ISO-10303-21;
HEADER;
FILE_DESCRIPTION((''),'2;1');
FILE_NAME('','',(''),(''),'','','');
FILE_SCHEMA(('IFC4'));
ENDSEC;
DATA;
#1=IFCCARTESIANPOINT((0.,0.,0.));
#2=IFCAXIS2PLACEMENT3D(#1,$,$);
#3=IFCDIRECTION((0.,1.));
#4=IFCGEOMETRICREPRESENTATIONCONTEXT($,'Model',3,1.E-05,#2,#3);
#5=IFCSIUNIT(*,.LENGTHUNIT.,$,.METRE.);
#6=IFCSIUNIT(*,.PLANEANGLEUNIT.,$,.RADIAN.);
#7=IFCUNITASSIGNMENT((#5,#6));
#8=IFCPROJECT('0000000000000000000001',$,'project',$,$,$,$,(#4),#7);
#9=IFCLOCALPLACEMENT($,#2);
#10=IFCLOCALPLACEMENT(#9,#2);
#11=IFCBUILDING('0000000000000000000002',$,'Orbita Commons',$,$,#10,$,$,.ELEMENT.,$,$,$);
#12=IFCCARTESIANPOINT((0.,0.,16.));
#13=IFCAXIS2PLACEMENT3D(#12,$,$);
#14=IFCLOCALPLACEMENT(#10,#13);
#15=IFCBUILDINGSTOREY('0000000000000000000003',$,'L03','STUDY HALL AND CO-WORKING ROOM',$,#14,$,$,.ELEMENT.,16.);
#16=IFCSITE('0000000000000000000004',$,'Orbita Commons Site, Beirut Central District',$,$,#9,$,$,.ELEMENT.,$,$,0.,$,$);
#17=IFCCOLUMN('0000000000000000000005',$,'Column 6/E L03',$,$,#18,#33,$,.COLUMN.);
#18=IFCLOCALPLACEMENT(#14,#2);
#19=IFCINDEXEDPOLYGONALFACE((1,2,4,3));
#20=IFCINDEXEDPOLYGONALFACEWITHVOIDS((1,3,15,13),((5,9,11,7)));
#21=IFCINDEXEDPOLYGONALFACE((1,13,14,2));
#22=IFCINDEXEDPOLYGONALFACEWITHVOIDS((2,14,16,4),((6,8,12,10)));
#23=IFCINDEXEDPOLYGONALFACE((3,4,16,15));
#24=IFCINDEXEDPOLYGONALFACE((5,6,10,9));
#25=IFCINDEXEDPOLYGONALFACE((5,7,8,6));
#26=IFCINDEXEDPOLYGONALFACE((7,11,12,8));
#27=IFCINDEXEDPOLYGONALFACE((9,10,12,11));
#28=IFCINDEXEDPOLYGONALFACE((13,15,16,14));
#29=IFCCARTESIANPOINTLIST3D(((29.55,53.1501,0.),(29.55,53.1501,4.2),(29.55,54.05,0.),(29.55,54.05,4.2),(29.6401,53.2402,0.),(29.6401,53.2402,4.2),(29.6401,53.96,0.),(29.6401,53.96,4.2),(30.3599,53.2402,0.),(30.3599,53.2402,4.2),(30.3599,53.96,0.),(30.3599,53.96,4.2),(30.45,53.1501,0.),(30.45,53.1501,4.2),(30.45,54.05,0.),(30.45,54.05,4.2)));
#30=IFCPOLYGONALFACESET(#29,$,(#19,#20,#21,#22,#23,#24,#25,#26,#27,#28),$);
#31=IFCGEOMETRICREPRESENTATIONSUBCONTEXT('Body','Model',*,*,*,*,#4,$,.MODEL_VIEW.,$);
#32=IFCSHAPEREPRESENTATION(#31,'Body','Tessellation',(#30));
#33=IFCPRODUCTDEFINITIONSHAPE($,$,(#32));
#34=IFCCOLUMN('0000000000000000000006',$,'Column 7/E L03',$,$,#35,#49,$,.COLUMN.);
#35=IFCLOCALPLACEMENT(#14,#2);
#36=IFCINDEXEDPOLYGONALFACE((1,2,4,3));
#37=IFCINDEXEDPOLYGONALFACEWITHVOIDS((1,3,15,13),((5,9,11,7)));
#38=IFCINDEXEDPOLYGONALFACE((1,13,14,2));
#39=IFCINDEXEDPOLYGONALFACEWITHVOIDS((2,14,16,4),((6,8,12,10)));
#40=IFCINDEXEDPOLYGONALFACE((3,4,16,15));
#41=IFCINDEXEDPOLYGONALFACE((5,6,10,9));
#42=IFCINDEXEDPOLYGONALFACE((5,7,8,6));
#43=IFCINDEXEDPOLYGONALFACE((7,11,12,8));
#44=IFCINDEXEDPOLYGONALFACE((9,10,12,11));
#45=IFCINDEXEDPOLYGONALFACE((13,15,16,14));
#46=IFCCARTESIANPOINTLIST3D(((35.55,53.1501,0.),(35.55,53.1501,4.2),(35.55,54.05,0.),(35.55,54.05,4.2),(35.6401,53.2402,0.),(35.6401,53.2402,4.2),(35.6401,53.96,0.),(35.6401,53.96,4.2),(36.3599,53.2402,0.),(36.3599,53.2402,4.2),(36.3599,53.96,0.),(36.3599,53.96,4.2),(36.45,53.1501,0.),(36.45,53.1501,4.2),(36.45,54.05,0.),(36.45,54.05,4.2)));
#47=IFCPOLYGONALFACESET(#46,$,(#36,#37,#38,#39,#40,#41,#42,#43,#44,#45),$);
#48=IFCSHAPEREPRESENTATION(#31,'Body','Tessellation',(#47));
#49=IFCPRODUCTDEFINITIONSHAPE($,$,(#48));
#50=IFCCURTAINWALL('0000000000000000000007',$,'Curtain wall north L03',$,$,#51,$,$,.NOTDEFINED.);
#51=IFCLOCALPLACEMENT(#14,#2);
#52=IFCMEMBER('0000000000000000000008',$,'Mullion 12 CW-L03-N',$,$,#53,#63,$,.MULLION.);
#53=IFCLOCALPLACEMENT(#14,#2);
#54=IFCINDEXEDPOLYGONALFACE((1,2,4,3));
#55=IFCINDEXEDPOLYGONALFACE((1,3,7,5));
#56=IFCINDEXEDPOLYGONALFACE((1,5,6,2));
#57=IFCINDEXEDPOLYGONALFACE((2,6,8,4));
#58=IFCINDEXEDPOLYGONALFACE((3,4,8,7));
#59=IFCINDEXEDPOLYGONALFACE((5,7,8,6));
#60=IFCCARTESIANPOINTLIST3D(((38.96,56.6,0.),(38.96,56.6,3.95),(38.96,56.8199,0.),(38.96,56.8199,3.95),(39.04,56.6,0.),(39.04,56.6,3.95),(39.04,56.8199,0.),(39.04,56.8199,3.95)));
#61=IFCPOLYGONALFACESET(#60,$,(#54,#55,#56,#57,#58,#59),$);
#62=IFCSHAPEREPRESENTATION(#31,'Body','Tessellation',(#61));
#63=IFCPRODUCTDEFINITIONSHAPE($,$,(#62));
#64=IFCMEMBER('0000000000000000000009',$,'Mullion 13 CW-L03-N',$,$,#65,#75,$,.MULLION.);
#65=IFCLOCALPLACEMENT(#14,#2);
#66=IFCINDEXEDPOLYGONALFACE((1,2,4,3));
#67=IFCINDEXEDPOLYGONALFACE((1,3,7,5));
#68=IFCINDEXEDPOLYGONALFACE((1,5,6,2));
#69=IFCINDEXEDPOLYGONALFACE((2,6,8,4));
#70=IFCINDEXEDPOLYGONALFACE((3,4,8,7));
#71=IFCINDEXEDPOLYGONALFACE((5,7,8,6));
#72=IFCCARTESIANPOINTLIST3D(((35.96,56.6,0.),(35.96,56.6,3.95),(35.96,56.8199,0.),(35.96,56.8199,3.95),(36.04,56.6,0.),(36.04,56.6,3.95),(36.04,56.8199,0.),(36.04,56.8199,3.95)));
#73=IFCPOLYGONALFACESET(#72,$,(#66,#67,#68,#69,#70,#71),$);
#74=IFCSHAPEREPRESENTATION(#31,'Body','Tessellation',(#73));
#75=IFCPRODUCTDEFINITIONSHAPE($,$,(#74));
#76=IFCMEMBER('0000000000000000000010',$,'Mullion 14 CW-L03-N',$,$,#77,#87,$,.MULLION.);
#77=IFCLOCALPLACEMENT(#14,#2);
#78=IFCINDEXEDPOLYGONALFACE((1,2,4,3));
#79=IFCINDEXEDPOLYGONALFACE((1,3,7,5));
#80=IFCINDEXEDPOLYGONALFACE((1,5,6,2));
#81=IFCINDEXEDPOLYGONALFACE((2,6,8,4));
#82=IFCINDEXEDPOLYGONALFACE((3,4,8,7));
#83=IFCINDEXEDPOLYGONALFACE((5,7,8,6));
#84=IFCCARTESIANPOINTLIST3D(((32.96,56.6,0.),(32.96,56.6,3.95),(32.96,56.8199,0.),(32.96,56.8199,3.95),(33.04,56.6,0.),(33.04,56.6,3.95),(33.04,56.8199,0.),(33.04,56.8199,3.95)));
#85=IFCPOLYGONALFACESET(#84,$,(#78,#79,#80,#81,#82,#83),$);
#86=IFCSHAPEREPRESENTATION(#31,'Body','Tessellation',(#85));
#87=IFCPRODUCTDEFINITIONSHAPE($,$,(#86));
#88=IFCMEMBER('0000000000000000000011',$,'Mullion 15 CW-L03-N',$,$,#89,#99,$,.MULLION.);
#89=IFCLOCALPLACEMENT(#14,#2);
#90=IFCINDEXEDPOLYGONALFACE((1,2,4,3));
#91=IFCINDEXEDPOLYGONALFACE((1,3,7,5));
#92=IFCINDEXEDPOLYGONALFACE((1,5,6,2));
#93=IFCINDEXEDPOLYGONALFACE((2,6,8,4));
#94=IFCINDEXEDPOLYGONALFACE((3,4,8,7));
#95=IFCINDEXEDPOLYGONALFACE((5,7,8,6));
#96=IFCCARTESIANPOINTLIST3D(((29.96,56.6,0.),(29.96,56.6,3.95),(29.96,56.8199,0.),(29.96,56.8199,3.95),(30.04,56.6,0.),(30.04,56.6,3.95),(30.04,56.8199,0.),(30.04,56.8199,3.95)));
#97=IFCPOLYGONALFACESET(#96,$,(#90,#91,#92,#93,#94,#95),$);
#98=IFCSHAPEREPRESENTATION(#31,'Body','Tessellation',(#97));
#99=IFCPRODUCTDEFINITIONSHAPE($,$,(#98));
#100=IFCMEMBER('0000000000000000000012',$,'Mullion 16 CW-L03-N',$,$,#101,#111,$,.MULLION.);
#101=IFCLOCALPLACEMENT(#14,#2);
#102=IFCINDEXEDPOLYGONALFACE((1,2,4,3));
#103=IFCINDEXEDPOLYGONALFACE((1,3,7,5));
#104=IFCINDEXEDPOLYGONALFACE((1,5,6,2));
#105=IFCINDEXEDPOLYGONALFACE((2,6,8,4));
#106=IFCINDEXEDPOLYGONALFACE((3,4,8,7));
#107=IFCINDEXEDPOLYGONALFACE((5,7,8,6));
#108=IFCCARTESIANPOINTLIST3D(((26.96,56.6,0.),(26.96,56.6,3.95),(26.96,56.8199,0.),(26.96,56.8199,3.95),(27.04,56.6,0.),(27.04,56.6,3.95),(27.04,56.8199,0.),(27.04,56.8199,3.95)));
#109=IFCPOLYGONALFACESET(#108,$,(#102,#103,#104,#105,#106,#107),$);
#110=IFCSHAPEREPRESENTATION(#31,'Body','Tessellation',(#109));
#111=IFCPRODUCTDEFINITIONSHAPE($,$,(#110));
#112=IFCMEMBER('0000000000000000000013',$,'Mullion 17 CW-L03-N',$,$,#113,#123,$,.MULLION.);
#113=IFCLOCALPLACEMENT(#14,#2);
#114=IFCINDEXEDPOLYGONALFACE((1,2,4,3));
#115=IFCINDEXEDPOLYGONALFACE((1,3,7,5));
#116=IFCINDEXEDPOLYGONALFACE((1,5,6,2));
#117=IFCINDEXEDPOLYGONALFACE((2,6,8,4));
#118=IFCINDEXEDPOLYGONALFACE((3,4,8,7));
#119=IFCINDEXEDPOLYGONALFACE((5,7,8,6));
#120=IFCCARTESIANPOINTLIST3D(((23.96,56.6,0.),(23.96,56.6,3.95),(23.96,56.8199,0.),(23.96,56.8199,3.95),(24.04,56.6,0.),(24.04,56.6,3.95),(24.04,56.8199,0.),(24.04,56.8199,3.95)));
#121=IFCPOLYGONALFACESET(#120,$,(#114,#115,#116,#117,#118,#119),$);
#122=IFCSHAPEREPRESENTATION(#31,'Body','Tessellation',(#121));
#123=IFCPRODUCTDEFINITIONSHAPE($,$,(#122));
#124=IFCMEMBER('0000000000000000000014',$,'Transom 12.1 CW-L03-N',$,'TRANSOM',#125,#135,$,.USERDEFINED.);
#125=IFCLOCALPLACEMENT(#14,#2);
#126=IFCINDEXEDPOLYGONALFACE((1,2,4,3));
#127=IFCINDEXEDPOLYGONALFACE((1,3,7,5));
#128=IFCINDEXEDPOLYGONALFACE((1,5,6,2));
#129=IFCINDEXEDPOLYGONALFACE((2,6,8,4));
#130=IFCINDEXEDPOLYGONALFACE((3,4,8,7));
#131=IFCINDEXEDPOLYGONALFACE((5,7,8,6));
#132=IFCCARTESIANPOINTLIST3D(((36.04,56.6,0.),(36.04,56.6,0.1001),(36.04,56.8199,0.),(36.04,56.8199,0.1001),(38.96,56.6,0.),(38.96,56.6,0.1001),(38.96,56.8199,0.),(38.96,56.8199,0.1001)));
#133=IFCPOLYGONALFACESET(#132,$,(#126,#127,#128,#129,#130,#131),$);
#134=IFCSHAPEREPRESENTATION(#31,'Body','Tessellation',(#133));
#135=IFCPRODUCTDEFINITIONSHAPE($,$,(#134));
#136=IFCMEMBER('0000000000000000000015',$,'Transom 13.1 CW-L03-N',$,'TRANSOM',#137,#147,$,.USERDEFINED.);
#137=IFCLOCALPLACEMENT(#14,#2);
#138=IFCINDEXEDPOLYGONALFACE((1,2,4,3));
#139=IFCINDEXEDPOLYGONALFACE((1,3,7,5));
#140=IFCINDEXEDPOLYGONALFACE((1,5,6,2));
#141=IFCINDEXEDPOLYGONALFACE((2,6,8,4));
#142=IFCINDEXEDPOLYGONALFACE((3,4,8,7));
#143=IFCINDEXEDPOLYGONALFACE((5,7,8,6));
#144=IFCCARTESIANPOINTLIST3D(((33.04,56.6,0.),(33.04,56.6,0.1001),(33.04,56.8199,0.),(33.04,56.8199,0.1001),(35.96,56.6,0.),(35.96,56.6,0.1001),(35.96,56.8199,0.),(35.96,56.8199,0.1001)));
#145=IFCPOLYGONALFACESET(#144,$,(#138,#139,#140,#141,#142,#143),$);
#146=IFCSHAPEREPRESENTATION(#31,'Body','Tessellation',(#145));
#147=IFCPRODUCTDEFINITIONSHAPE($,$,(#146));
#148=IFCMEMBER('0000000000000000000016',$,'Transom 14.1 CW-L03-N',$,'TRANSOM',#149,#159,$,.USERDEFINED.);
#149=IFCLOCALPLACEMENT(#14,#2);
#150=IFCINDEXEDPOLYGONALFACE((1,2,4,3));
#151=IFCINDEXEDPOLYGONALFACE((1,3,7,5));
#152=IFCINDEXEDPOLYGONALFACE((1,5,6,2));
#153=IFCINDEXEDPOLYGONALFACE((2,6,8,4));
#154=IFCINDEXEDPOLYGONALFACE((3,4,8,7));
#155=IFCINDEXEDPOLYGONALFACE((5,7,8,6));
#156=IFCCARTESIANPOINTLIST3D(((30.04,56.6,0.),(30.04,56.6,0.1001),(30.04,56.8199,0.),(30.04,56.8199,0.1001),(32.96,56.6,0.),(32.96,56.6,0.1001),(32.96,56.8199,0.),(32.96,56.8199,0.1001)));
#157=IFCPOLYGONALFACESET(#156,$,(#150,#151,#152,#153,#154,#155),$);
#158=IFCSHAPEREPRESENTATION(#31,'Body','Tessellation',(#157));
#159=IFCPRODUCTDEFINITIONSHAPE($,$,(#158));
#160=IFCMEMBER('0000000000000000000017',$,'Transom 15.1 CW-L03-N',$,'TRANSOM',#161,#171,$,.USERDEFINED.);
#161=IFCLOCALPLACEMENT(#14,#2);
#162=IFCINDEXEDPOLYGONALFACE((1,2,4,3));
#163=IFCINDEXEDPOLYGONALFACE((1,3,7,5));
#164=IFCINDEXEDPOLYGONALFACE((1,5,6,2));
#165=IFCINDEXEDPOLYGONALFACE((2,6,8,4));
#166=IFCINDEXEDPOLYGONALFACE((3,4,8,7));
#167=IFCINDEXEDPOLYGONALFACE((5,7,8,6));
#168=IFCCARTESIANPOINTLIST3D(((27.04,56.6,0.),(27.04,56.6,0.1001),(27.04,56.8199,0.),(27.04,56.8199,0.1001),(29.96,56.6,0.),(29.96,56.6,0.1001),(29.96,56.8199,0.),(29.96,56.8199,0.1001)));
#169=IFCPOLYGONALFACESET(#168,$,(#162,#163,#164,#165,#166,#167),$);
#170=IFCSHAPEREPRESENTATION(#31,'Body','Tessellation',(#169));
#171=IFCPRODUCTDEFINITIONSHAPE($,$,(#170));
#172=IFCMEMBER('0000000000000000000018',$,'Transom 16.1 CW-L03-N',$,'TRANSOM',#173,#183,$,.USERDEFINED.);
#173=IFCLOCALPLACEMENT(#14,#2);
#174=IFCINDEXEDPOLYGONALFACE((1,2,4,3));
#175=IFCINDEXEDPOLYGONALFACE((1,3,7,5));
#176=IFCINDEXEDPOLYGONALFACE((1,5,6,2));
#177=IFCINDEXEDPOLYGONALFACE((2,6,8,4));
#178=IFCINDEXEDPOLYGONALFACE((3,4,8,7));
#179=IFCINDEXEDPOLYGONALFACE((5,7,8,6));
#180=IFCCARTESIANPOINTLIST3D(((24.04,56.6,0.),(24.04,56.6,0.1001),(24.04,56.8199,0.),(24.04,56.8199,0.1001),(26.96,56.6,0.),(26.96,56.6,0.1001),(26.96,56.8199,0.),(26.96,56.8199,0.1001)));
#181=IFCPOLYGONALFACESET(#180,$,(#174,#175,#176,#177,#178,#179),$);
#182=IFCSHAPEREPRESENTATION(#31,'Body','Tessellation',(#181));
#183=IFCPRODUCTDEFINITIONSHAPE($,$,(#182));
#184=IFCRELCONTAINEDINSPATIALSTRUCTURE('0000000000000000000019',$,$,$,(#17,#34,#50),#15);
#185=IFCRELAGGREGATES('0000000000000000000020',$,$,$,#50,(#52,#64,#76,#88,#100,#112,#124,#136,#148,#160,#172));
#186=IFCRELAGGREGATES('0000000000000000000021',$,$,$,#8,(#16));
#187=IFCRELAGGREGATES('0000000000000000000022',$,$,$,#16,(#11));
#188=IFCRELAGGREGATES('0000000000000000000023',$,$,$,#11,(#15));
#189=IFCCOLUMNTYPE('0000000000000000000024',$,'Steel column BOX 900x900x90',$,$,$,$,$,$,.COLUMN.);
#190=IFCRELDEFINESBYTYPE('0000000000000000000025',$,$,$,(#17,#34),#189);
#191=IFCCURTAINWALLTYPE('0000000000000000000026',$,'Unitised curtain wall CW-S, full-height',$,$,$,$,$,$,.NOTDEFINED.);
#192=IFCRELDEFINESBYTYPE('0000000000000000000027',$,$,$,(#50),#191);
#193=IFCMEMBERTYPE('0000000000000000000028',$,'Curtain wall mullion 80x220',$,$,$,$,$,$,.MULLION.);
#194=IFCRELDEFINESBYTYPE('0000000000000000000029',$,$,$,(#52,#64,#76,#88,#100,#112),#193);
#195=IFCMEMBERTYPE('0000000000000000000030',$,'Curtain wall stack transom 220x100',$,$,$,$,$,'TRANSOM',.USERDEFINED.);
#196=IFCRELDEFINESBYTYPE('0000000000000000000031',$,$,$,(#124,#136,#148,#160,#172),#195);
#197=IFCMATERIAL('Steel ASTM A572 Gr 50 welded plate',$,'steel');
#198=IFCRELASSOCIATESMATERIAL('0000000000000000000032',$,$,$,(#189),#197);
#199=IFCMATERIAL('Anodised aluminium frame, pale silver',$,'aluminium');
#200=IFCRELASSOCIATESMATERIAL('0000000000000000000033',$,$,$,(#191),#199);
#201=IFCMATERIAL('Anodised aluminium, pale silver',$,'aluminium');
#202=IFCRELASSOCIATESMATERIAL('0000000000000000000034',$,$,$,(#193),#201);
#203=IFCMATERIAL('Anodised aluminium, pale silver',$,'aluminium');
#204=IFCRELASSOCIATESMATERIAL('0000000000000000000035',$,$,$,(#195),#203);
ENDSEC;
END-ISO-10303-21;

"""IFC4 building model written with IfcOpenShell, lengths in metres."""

from ifc_helpers import new_model, si_unit, direction, frame, origin, origin_2d, place, context, subcontext, project, spatial, rectangle, hollow_rectangle, extrude, material, material_profile, profile_set, type_object, element, aggregate, save


model = new_model("IFC4")

# Units and contexts
model_context = context("Model", 3, precision=1e-05, world=origin(), true_north=direction((0.0, 1.0)))
body_context = subcontext(model_context, "Body", "Model", "MODEL_VIEW")
ifc_project = project(units=[si_unit("LENGTHUNIT", "METRE"), si_unit("PLANEANGLEUNIT", "RADIAN")], contexts=[model_context])

# Site, building, storey
site_placement = place(None, origin())
site = spatial("IfcSite", under=ifc_project, at=site_placement, Name="Orbita Commons Site, Beirut Central District", CompositionType="ELEMENT", RefElevation=0.0)
building_placement = place(site_placement, origin())
building = spatial("IfcBuilding", under=site, at=building_placement, Name="Orbita Commons", CompositionType="ELEMENT")
storey_placement = place(building_placement, frame((0.0, 0.0, 16.0)))
storey = spatial("IfcBuildingStorey", under=building, at=storey_placement, Name="L03", Description="STUDY HALL AND CO-WORKING ROOM", CompositionType="ELEMENT", Elevation=16.0)

# Columns
ifc_material_1 = material(Name="Steel ASTM A572 Gr 50 welded plate", Category="steel")
ifc_material_profile_1 = material_profile(ifc_material_1, hollow_rectangle(XDim=0.8999, YDim=0.8999, WallThickness=0.0901, at=origin_2d()), Name="BOX 900x900x90")
ifc_profile_set_1 = profile_set([ifc_material_profile_1], Name="Steel ASTM A572 Gr 50 welded plate")
column_type = type_object("IfcColumnType", Name="Steel column BOX 900x900x90", PredefinedType="COLUMN", material=ifc_profile_set_1)
for number, where, z_axis, x_axis, name in (
    (1, (30.0, 53.6001, 0.0), (0.0, 0.0, 1.0), (1.0, 0.0, 0.0), "Column 6/E L03"),
    (2, (36.0, 53.6001, 0.0), (0.0, 0.0, 1.0), (1.0, 0.0, 0.0), "Column 7/E L03"),
):
    element("IfcColumn", number, at=place(storey_placement, frame(where, z_axis=z_axis, x_axis=x_axis)), inside=storey, type_object=column_type, Name=name, PredefinedType="COLUMN", context=body_context, shape_type="SweptSolid", body=[
        extrude(hollow_rectangle(XDim=0.8999, YDim=0.8999, WallThickness=0.0901, at=origin_2d()), origin(), (0.0, 0.0, 1.0), 4.2),
    ])

# Curtain wall, members
ifc_material_2 = material(Name="Anodised aluminium frame, pale silver", Category="aluminium")
curtain_wall_type = type_object("IfcCurtainWallType", Name="Unitised curtain wall CW-S, full-height", PredefinedType="NOTDEFINED", material=ifc_material_2)
curtain_wall_placement = place(storey_placement, origin())
curtain_wall = element("IfcCurtainWall", 3, at=curtain_wall_placement, inside=storey, type_object=curtain_wall_type, Name="Curtain wall north L03", PredefinedType="NOTDEFINED")
ifc_material_3 = material(Name="Anodised aluminium, pale silver", Category="aluminium")
ifc_material_profile_2 = material_profile(ifc_material_3, rectangle(XDim=0.0801, YDim=0.22, at=origin_2d()), Name="AL 80x220")
ifc_profile_set_2 = profile_set([ifc_material_profile_2], Name="Anodised aluminium, pale silver")
member_type_1 = type_object("IfcMemberType", Name="Curtain wall mullion 80x220", PredefinedType="MULLION", material=ifc_profile_set_2)
member_1_placement = place(storey_placement, frame((39.0, 56.71, 0.0), z_axis=(0.0, 0.0, 1.0), x_axis=(-1.0, 0.0, 0.0)))
member_1 = element("IfcMember", 4, at=member_1_placement, type_object=member_type_1, Name="Mullion 12 CW-L03-N", PredefinedType="MULLION", context=body_context, shape_type="SweptSolid", body=[
    extrude(rectangle(XDim=0.0801, YDim=0.22, at=origin_2d()), origin(), (0.0, 0.0, 1.0), 3.95),
])
member_2_placement = place(storey_placement, frame((36.0, 56.71, 0.0), z_axis=(0.0, 0.0, 1.0), x_axis=(-1.0, 0.0, 0.0)))
member_2 = element("IfcMember", 5, at=member_2_placement, type_object=member_type_1, Name="Mullion 13 CW-L03-N", PredefinedType="MULLION", context=body_context, shape_type="SweptSolid", body=[
    extrude(rectangle(XDim=0.0801, YDim=0.22, at=origin_2d()), origin(), (0.0, 0.0, 1.0), 3.95),
])
member_3_placement = place(storey_placement, frame((33.0, 56.71, 0.0), z_axis=(0.0, 0.0, 1.0), x_axis=(-1.0, 0.0, 0.0)))
member_3 = element("IfcMember", 6, at=member_3_placement, type_object=member_type_1, Name="Mullion 14 CW-L03-N", PredefinedType="MULLION", context=body_context, shape_type="SweptSolid", body=[
    extrude(rectangle(XDim=0.0801, YDim=0.22, at=origin_2d()), origin(), (0.0, 0.0, 1.0), 3.95),
])
member_4_placement = place(storey_placement, frame((30.0, 56.71, 0.0), z_axis=(0.0, 0.0, 1.0), x_axis=(-1.0, 0.0, 0.0)))
member_4 = element("IfcMember", 7, at=member_4_placement, type_object=member_type_1, Name="Mullion 15 CW-L03-N", PredefinedType="MULLION", context=body_context, shape_type="SweptSolid", body=[
    extrude(rectangle(XDim=0.0801, YDim=0.22, at=origin_2d()), origin(), (0.0, 0.0, 1.0), 3.95),
])
member_5_placement = place(storey_placement, frame((27.0, 56.71, 0.0), z_axis=(0.0, 0.0, 1.0), x_axis=(-1.0, 0.0, 0.0)))
member_5 = element("IfcMember", 8, at=member_5_placement, type_object=member_type_1, Name="Mullion 16 CW-L03-N", PredefinedType="MULLION", context=body_context, shape_type="SweptSolid", body=[
    extrude(rectangle(XDim=0.0801, YDim=0.22, at=origin_2d()), origin(), (0.0, 0.0, 1.0), 3.95),
])
member_6_placement = place(storey_placement, frame((24.0, 56.71, 0.0), z_axis=(0.0, 0.0, 1.0), x_axis=(-1.0, 0.0, 0.0)))
member_6 = element("IfcMember", 9, at=member_6_placement, type_object=member_type_1, Name="Mullion 17 CW-L03-N", PredefinedType="MULLION", context=body_context, shape_type="SweptSolid", body=[
    extrude(rectangle(XDim=0.0801, YDim=0.22, at=origin_2d()), origin(), (0.0, 0.0, 1.0), 3.95),
])
ifc_material_4 = material(Name="Anodised aluminium, pale silver", Category="aluminium")
ifc_material_profile_3 = material_profile(ifc_material_4, rectangle(XDim=0.22, YDim=0.1001, at=origin_2d()), Name="AL 220x100")
ifc_profile_set_3 = profile_set([ifc_material_profile_3], Name="Anodised aluminium, pale silver")
member_type_2 = type_object("IfcMemberType", Name="Curtain wall stack transom 220x100", ElementType="TRANSOM", PredefinedType="USERDEFINED", material=ifc_profile_set_3)
member_7_placement = place(storey_placement, frame((38.96, 56.71, 0.05), z_axis=(-1.0, 0.0, 0.0), x_axis=(0.0, -1.0, 0.0)))
member_7 = element("IfcMember", 10, at=member_7_placement, type_object=member_type_2, Name="Transom 12.1 CW-L03-N", ObjectType="TRANSOM", PredefinedType="USERDEFINED", context=body_context, shape_type="SweptSolid", body=[
    extrude(rectangle(XDim=0.22, YDim=0.1001, at=origin_2d()), origin(), (0.0, 0.0, 1.0), 2.9199),
])
member_8_placement = place(storey_placement, frame((35.96, 56.71, 0.05), z_axis=(-1.0, 0.0, 0.0), x_axis=(0.0, -1.0, 0.0)))
member_8 = element("IfcMember", 11, at=member_8_placement, type_object=member_type_2, Name="Transom 13.1 CW-L03-N", ObjectType="TRANSOM", PredefinedType="USERDEFINED", context=body_context, shape_type="SweptSolid", body=[
    extrude(rectangle(XDim=0.22, YDim=0.1001, at=origin_2d()), origin(), (0.0, 0.0, 1.0), 2.9199),
])
member_9_placement = place(storey_placement, frame((32.96, 56.71, 0.05), z_axis=(-1.0, 0.0, 0.0), x_axis=(0.0, -1.0, 0.0)))
member_9 = element("IfcMember", 12, at=member_9_placement, type_object=member_type_2, Name="Transom 14.1 CW-L03-N", ObjectType="TRANSOM", PredefinedType="USERDEFINED", context=body_context, shape_type="SweptSolid", body=[
    extrude(rectangle(XDim=0.22, YDim=0.1001, at=origin_2d()), origin(), (0.0, 0.0, 1.0), 2.9199),
])
member_10_placement = place(storey_placement, frame((29.96, 56.71, 0.05), z_axis=(-1.0, 0.0, 0.0), x_axis=(0.0, -1.0, 0.0)))
member_10 = element("IfcMember", 13, at=member_10_placement, type_object=member_type_2, Name="Transom 15.1 CW-L03-N", ObjectType="TRANSOM", PredefinedType="USERDEFINED", context=body_context, shape_type="SweptSolid", body=[
    extrude(rectangle(XDim=0.22, YDim=0.1001, at=origin_2d()), origin(), (0.0, 0.0, 1.0), 2.9199),
])
member_11_placement = place(storey_placement, frame((26.96, 56.71, 0.05), z_axis=(-1.0, 0.0, 0.0), x_axis=(0.0, -1.0, 0.0)))
member_11 = element("IfcMember", 14, at=member_11_placement, type_object=member_type_2, Name="Transom 16.1 CW-L03-N", ObjectType="TRANSOM", PredefinedType="USERDEFINED", context=body_context, shape_type="SweptSolid", body=[
    extrude(rectangle(XDim=0.22, YDim=0.1001, at=origin_2d()), origin(), (0.0, 0.0, 1.0), 2.9199),
])

aggregate(curtain_wall, [member_1, member_2, member_3, member_4, member_5, member_6, member_7, member_8, member_9, member_10, member_11])

save(model, "model.ifc")
